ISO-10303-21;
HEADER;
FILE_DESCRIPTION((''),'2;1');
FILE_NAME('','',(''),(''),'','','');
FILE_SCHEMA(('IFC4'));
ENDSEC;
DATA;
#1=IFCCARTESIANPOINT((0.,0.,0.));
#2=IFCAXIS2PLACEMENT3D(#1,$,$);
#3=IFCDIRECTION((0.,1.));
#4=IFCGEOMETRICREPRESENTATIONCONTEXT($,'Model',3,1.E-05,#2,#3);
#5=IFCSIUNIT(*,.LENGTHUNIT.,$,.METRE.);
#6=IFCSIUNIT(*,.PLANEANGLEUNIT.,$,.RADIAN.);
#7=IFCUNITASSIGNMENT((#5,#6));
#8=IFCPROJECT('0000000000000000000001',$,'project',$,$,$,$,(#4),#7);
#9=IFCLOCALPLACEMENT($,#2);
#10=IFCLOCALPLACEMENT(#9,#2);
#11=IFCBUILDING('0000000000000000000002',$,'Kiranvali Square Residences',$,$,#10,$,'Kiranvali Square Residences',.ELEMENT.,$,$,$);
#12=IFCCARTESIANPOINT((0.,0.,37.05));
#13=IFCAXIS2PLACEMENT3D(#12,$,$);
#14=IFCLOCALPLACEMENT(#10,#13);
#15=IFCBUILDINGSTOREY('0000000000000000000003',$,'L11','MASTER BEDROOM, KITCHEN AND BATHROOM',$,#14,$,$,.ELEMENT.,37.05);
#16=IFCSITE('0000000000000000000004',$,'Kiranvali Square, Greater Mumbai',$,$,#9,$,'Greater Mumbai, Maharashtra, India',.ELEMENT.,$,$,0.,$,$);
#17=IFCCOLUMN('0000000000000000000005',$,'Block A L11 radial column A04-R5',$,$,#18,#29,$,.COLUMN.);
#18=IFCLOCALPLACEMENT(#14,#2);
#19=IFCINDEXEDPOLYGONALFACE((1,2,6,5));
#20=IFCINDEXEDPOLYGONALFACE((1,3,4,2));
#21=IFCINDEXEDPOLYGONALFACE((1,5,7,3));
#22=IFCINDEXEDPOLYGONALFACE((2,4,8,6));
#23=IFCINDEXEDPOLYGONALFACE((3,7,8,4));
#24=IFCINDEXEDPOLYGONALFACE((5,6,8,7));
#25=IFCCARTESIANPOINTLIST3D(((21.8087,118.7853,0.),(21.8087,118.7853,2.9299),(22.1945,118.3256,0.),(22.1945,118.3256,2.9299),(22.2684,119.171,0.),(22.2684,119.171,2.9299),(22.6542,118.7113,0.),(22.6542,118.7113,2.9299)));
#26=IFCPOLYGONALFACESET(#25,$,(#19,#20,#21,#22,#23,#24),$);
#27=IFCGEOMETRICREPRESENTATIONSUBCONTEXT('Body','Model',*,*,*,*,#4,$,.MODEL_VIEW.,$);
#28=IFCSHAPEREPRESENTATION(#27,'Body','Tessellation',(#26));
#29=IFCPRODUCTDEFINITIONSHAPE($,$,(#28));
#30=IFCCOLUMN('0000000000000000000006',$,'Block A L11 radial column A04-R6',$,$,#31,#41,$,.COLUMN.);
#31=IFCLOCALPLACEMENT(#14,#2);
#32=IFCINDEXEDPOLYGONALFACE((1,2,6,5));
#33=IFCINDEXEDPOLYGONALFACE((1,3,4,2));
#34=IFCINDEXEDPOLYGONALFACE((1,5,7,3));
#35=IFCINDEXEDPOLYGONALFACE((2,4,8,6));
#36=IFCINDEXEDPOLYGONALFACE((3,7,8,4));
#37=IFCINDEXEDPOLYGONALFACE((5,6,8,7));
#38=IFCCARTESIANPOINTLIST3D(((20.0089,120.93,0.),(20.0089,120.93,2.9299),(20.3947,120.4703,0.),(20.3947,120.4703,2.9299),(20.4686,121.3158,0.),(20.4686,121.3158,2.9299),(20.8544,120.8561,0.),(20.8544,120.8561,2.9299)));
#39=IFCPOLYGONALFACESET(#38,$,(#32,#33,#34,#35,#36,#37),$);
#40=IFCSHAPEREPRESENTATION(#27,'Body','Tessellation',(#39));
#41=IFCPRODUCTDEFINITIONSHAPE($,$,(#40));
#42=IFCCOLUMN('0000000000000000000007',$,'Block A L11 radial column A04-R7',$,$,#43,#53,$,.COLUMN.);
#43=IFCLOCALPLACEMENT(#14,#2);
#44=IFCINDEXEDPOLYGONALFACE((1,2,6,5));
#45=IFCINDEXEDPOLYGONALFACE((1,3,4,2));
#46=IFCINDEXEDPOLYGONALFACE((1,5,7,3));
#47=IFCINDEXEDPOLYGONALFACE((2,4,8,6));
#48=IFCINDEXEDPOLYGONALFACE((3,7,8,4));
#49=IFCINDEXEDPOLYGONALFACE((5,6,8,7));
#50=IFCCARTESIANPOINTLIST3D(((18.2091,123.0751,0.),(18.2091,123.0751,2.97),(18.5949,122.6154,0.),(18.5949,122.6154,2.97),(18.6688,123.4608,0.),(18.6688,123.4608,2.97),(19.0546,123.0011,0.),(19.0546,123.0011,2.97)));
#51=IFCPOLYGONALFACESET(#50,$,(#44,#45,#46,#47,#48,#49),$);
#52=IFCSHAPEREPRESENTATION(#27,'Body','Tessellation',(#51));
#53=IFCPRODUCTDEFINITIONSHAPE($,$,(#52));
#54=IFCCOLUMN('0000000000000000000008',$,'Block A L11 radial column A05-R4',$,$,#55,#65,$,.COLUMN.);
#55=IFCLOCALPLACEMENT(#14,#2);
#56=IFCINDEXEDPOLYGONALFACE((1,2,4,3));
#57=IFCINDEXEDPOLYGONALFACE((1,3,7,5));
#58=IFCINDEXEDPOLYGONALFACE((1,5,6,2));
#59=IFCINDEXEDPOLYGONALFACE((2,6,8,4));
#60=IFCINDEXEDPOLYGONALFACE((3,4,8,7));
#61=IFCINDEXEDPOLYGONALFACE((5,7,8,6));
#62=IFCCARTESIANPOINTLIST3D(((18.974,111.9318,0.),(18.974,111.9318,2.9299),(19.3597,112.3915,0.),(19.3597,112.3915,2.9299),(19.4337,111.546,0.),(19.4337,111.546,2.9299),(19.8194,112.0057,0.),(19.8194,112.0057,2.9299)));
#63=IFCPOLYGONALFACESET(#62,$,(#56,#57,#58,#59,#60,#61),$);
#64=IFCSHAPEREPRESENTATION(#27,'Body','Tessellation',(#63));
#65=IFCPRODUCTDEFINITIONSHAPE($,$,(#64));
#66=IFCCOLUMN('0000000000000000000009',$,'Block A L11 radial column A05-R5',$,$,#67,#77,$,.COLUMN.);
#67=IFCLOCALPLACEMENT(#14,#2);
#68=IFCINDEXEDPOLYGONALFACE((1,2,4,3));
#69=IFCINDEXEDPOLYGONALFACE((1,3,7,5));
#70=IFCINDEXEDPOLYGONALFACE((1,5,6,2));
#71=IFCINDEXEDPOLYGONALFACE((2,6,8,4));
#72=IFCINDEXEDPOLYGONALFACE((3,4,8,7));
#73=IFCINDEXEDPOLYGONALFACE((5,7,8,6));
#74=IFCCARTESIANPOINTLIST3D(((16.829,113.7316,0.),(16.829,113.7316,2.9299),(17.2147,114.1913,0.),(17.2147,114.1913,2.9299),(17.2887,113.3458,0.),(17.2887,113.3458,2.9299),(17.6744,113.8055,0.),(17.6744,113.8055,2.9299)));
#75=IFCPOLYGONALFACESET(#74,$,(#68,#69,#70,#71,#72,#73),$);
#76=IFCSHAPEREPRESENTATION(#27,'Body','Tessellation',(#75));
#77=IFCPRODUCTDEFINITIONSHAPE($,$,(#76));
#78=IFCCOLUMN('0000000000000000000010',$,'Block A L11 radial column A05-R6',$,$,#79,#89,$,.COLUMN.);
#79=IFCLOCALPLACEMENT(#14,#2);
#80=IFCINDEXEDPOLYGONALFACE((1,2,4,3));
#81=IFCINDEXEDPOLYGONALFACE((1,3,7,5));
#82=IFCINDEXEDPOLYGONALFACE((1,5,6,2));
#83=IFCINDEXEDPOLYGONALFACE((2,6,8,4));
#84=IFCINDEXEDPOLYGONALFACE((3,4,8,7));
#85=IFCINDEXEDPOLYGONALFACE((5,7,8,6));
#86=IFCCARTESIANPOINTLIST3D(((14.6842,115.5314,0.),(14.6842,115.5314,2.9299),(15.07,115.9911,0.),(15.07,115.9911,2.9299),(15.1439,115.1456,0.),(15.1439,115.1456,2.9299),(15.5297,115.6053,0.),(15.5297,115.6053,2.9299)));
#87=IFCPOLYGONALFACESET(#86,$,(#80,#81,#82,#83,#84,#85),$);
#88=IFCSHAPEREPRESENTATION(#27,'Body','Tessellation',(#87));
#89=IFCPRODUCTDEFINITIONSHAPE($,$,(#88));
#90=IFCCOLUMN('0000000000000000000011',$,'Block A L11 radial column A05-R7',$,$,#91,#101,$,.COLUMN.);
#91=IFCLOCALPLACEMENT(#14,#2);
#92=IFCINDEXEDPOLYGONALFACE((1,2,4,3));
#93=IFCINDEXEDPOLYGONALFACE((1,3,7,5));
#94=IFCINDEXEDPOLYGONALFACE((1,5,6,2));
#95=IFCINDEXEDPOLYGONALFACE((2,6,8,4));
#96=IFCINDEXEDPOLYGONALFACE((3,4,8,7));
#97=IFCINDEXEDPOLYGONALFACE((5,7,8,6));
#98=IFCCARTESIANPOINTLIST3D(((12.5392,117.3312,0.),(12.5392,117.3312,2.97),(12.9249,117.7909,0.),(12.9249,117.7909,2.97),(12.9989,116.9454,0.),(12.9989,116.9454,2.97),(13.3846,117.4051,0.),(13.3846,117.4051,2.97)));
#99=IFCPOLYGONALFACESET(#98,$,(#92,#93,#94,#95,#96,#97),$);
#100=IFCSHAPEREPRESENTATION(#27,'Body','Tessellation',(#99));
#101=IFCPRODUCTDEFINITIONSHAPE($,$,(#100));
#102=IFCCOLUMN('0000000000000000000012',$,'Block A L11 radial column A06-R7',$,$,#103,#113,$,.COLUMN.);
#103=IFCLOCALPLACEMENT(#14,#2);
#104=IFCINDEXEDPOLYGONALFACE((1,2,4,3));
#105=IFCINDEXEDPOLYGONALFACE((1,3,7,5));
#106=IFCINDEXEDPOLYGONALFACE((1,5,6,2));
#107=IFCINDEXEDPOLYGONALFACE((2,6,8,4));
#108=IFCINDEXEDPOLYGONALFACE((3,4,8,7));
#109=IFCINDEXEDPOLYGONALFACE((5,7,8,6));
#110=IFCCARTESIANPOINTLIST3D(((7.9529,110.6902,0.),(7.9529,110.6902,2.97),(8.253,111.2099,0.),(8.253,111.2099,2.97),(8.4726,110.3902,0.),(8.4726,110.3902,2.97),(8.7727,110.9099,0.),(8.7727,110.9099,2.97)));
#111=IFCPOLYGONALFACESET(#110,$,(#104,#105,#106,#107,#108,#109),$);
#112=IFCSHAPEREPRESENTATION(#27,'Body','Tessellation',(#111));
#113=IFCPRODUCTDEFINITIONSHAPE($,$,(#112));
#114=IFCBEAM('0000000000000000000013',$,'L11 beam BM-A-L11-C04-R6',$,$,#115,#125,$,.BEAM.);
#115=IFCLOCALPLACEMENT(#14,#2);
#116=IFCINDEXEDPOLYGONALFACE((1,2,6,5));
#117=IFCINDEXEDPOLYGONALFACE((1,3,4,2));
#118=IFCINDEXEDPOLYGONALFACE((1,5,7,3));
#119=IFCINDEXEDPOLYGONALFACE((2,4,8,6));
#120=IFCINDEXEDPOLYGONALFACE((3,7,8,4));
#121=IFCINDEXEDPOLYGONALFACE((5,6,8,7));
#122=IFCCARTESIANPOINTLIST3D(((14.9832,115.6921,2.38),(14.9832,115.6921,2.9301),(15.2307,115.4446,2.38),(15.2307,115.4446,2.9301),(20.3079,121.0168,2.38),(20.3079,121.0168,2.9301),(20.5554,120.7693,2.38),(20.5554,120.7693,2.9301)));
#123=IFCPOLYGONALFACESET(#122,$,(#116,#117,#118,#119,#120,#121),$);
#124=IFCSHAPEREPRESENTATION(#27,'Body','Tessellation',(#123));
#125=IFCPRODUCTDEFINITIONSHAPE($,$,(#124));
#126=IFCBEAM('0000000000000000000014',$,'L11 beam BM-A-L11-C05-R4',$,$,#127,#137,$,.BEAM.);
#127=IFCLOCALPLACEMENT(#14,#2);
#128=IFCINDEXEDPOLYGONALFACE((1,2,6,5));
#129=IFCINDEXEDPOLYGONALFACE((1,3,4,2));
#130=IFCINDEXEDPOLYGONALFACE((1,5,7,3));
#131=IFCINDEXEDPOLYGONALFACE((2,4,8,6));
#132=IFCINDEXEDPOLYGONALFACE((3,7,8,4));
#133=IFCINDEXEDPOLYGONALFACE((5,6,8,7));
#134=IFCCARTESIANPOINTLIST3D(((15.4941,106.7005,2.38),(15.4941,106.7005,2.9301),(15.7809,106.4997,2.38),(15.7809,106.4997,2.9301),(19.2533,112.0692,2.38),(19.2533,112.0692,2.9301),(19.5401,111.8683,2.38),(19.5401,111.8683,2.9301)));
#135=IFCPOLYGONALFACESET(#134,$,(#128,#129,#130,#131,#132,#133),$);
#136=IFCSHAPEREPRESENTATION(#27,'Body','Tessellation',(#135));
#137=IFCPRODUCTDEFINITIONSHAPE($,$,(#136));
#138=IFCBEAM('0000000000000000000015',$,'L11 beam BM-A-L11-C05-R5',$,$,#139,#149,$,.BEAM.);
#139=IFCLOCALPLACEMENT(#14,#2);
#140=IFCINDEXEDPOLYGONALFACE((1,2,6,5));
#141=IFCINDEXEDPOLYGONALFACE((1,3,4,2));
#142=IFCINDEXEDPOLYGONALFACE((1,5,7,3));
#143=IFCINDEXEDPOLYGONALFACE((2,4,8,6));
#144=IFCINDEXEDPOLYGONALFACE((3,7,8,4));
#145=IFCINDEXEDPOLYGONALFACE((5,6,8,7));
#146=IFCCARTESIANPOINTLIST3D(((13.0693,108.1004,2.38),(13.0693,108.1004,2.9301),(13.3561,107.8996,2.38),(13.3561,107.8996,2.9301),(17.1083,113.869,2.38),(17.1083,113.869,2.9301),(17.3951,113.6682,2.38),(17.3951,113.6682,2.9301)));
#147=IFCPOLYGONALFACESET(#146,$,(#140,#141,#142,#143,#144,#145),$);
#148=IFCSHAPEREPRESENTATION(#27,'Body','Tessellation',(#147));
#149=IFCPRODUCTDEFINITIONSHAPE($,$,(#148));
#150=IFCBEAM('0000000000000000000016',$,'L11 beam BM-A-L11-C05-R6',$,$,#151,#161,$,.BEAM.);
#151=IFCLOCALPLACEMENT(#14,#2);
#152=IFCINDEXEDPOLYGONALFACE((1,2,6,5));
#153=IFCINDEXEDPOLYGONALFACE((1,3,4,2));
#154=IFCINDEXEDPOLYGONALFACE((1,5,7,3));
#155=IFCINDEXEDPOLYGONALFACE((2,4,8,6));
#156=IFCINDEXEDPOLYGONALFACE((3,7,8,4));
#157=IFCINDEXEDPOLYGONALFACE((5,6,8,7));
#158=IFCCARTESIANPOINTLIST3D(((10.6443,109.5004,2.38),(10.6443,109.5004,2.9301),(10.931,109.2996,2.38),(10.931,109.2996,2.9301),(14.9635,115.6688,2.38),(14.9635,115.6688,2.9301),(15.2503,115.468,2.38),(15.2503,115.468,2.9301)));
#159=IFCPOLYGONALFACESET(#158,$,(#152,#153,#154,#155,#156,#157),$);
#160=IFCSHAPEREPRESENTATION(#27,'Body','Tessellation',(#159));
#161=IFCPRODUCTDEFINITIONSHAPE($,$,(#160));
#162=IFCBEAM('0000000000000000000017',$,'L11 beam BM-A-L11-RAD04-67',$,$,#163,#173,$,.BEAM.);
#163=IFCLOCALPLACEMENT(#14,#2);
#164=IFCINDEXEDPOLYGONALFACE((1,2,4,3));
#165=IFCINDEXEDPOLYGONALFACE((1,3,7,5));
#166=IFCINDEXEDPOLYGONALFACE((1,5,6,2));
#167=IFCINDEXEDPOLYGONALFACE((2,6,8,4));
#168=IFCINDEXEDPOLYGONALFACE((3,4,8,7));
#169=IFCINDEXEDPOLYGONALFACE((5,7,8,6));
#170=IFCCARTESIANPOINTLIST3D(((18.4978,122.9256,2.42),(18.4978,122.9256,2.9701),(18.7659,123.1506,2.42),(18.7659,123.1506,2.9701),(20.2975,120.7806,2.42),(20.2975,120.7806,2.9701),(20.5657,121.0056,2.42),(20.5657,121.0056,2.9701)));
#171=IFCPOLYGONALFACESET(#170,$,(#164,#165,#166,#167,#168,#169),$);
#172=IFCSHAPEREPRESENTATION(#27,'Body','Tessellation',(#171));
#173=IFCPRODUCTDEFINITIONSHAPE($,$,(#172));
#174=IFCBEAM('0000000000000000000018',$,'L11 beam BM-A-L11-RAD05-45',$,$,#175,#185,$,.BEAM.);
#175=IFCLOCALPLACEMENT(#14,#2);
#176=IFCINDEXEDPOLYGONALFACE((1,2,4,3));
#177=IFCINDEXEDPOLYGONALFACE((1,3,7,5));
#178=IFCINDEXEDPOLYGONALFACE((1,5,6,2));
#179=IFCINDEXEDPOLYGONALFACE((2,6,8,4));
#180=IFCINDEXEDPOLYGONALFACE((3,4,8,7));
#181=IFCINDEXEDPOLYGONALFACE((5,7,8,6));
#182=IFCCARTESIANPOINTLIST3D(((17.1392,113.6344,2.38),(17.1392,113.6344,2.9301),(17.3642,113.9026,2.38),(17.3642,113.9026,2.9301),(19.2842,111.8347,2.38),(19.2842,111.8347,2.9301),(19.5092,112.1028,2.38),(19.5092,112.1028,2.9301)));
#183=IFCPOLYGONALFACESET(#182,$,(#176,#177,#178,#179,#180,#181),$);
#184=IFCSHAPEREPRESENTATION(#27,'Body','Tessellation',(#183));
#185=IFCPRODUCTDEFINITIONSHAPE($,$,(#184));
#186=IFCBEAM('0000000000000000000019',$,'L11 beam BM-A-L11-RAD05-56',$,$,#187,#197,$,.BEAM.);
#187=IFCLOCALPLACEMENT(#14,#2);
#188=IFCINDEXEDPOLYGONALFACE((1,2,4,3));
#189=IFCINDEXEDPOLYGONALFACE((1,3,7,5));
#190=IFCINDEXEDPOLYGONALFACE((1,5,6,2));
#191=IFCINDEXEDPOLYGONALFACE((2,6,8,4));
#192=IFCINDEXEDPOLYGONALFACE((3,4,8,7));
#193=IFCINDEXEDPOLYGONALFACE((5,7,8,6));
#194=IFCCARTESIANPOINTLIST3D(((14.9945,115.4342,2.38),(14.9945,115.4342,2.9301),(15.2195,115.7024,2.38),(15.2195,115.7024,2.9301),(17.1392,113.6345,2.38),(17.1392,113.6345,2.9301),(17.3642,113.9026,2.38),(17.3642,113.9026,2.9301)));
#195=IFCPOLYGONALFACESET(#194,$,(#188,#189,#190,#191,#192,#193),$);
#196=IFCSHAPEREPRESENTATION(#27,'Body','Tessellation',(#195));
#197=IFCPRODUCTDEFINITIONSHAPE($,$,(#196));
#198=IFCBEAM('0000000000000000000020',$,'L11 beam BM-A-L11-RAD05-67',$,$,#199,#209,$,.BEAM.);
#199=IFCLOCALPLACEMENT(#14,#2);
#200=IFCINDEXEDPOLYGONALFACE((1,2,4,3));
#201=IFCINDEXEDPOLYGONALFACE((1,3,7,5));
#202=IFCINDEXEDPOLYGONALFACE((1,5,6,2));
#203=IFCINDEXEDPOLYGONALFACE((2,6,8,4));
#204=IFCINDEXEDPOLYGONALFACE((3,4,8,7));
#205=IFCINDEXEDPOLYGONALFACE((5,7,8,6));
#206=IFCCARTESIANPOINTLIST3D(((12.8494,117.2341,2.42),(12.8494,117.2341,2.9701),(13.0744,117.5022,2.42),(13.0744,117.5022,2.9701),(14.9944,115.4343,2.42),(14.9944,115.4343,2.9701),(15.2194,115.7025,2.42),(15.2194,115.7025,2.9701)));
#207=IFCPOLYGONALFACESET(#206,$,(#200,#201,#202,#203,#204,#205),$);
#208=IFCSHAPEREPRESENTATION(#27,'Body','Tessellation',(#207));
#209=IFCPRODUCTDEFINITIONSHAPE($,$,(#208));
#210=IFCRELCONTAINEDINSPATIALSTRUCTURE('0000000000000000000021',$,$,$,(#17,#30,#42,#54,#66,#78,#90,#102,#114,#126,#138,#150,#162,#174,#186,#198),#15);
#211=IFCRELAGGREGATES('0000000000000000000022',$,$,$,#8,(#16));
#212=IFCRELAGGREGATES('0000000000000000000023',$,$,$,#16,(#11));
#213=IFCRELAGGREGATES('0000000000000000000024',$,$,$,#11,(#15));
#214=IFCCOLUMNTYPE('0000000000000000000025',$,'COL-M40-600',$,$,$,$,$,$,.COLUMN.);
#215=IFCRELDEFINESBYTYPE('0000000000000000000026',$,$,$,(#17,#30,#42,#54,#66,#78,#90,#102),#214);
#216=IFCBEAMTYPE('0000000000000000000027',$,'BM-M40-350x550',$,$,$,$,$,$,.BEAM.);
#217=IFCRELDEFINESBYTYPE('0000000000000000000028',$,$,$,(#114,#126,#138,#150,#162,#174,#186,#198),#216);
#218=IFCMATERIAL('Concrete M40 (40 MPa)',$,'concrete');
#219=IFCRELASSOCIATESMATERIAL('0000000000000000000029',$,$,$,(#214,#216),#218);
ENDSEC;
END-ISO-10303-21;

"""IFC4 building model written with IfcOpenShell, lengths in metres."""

from ifc_helpers import new_model, si_unit, direction, frame, origin, origin_2d, place, context, subcontext, project, spatial, rectangle, extrude, material, material_profile, profile_set, type_object, element, save


model = new_model("IFC4")

# Units and contexts
model_context = context("Model", 3, precision=1e-05, world=origin(), true_north=direction((0.0, 1.0)))
body_context = subcontext(model_context, "Body", "Model", "MODEL_VIEW")
ifc_project = project(units=[si_unit("LENGTHUNIT", "METRE"), si_unit("PLANEANGLEUNIT", "RADIAN")], contexts=[model_context])

# Site, building, storey
site_placement = place(None, origin())
site = spatial("IfcSite", under=ifc_project, at=site_placement, Name="Kiranvali Square, Greater Mumbai", LongName="Greater Mumbai, Maharashtra, India", CompositionType="ELEMENT", RefElevation=0.0)
building_placement = place(site_placement, origin())
building = spatial("IfcBuilding", under=site, at=building_placement, Name="Kiranvali Square Residences", LongName="Kiranvali Square Residences", CompositionType="ELEMENT")
storey_placement = place(building_placement, frame((0.0, 0.0, 37.05)))
storey = spatial("IfcBuildingStorey", under=building, at=storey_placement, Name="L11", Description="MASTER BEDROOM, KITCHEN AND BATHROOM", CompositionType="ELEMENT", Elevation=37.05)

# Columns
ifc_material_1 = material(Name="Concrete M40 (40 MPa)", Category="concrete")
ifc_material_profile_1 = material_profile(ifc_material_1, rectangle(XDim=0.6001, YDim=0.6001, at=origin_2d()), Name="RC 600x600")
ifc_profile_set_1 = profile_set([ifc_material_profile_1], Name="Concrete M40 (40 MPa)")
column_type = type_object("IfcColumnType", Name="COL-M40-600", PredefinedType="COLUMN", material=ifc_profile_set_1)
for number, where, z_axis, x_axis, name in (
    (1, (22.2314, 118.7483, 0.0), (0.0, 0.0, 1.0), (0.766044, 0.642788, 0.0), "Block A L11 radial column A04-R5"),
    (2, (20.4316, 120.8931, 0.0), (0.0, 0.0, 1.0), (0.766044, 0.642788, 0.0), "Block A L11 radial column A04-R6"),
):
    element("IfcColumn", number, at=place(storey_placement, frame(where, z_axis=z_axis, x_axis=x_axis)), inside=storey, type_object=column_type, Name=name, PredefinedType="COLUMN", context=body_context, shape_type="SweptSolid", body=[
        extrude(rectangle(XDim=0.6001, YDim=0.6001, at=origin_2d()), origin(), (0.0, 0.0, 1.0), 2.9299),
    ])
column_placement = place(storey_placement, frame((18.6318, 123.0381, 0.0), z_axis=(0.0, 0.0, 1.0), x_axis=(0.766044, 0.642788, 0.0)))
element("IfcColumn", 3, at=column_placement, inside=storey, type_object=column_type, Name="Block A L11 radial column A04-R7", PredefinedType="COLUMN", context=body_context, shape_type="SweptSolid", body=[
    extrude(rectangle(XDim=0.6001, YDim=0.6001, at=origin_2d()), origin(), (0.0, 0.0, 1.0), 2.97),
])
for number, where, z_axis, x_axis, name in (
    (4, (19.3967, 111.9688, 0.0), (0.0, 0.0, 1.0), (0.642788, 0.766044, 0.0), "Block A L11 radial column A05-R4"),
    (5, (17.2517, 113.7686, 0.0), (0.0, 0.0, 1.0), (0.642788, 0.766044, 0.0), "Block A L11 radial column A05-R5"),
    (6, (15.1069, 115.5684, 0.0), (0.0, 0.0, 1.0), (0.642788, 0.766044, 0.0), "Block A L11 radial column A05-R6"),
):
    element("IfcColumn", number, at=place(storey_placement, frame(where, z_axis=z_axis, x_axis=x_axis)), inside=storey, type_object=column_type, Name=name, PredefinedType="COLUMN", context=body_context, shape_type="SweptSolid", body=[
        extrude(rectangle(XDim=0.6001, YDim=0.6001, at=origin_2d()), origin(), (0.0, 0.0, 1.0), 2.9299),
    ])
for number, where, z_axis, x_axis, name in (
    (7, (12.9619, 117.3682, 0.0), (0.0, 0.0, 1.0), (0.642788, 0.766044, 0.0), "Block A L11 radial column A05-R7"),
    (8, (8.3628, 110.8, 0.0), (0.0, 0.0, 1.0), (0.5, 0.866025, 0.0), "Block A L11 radial column A06-R7"),
):
    element("IfcColumn", number, at=place(storey_placement, frame(where, z_axis=z_axis, x_axis=x_axis)), inside=storey, type_object=column_type, Name=name, PredefinedType="COLUMN", context=body_context, shape_type="SweptSolid", body=[
        extrude(rectangle(XDim=0.6001, YDim=0.6001, at=origin_2d()), origin(), (0.0, 0.0, 1.0), 2.97),
    ])

# Beams
ifc_material_profile_2 = material_profile(ifc_material_1, rectangle(XDim=0.3501, YDim=0.55, at=origin_2d()), Name="RC 350x550")
ifc_profile_set_2 = profile_set([ifc_material_profile_2], Name="Concrete M40 (40 MPa)")
beam_type_1 = type_object("IfcBeamType", Name="BM-M40-350x550", PredefinedType="BEAM", material=ifc_profile_set_2)
beam_1_placement = place(storey_placement, frame((20.4316, 120.8931, 2.655), z_axis=(-0.707107, -0.707107, 0.0), x_axis=(0.707107, -0.707107, 0.0)))
element("IfcBeam", 9, at=beam_1_placement, inside=storey, type_object=beam_type_1, Name="L11 beam BM-A-L11-C04-R6", PredefinedType="BEAM", context=body_context, shape_type="SweptSolid", body=[
    extrude(rectangle(XDim=0.3501, YDim=0.55, at=origin_2d()), origin(), (0.0, 0.0, 1.0), 7.5303),
])
beam_2_placement = place(storey_placement, frame((19.3967, 111.9688, 2.655), z_axis=(-0.573587, -0.819144, 0.0), x_axis=(0.819144, -0.573587, 0.0)))
element("IfcBeam", 10, at=beam_2_placement, inside=storey, type_object=beam_type_1, Name="L11 beam BM-A-L11-C05-R4", PredefinedType="BEAM", context=body_context, shape_type="SweptSolid", body=[
    extrude(rectangle(XDim=0.3501, YDim=0.55, at=origin_2d()), origin(), (0.0, 0.0, 1.0), 6.554),
])
beam_3_placement = place(storey_placement, frame((17.2517, 113.7686, 2.655), z_axis=(-0.573565, -0.81916, 0.0), x_axis=(0.81916, -0.573565, 0.0)))
element("IfcBeam", 11, at=beam_3_placement, inside=storey, type_object=beam_type_1, Name="L11 beam BM-A-L11-C05-R5", PredefinedType="BEAM", context=body_context, shape_type="SweptSolid", body=[
    extrude(rectangle(XDim=0.3501, YDim=0.55, at=origin_2d()), origin(), (0.0, 0.0, 1.0), 7.042),
])
beam_4_placement = place(storey_placement, frame((15.1069, 115.5684, 2.655), z_axis=(-0.573589, -0.819144, 0.0), x_axis=(0.819144, -0.573589, 0.0)))
element("IfcBeam", 12, at=beam_4_placement, inside=storey, type_object=beam_type_1, Name="L11 beam BM-A-L11-C05-R6", PredefinedType="BEAM", context=body_context, shape_type="SweptSolid", body=[
    extrude(rectangle(XDim=0.3501, YDim=0.55, at=origin_2d()), origin(), (0.0, 0.0, 1.0), 7.5303),
])
for number, where, z_axis, x_axis, name in (
    (13, (20.4316, 120.8931, 2.6951), (-0.642771, 0.766059, 0.0), (-0.766059, -0.642771, 0.0), "L11 beam BM-A-L11-RAD04-67"),
    (14, (19.3967, 111.9688, 2.655), (-0.766059, 0.642771, 0.0), (-0.642771, -0.766059, 0.0), "L11 beam BM-A-L11-RAD05-45"),
):
    element("IfcBeam", number, at=place(storey_placement, frame(where, z_axis=z_axis, x_axis=x_axis)), inside=storey, type_object=beam_type_1, Name=name, PredefinedType="BEAM", context=body_context, shape_type="SweptSolid", body=[
        extrude(rectangle(XDim=0.3501, YDim=0.55, at=origin_2d()), origin(), (0.0, 0.0, 1.0), 2.8),
    ])
beam_5_placement = place(storey_placement, frame((17.2517, 113.7686, 2.655), z_axis=(-0.766023, 0.642814, 0.0), x_axis=(-0.642814, -0.766023, 0.0)))
element("IfcBeam", 15, at=beam_5_placement, inside=storey, type_object=beam_type_1, Name="L11 beam BM-A-L11-RAD05-56", PredefinedType="BEAM", context=body_context, shape_type="SweptSolid", body=[
    extrude(rectangle(XDim=0.3501, YDim=0.55, at=origin_2d()), origin(), (0.0, 0.0, 1.0), 2.7998),
])
beam_6_placement = place(storey_placement, frame((15.1069, 115.5684, 2.6951), z_axis=(-0.766059, 0.642771, 0.0), x_axis=(-0.642771, -0.766059, 0.0)))
element("IfcBeam", 16, at=beam_6_placement, inside=storey, type_object=beam_type_1, Name="L11 beam BM-A-L11-RAD05-67", PredefinedType="BEAM", context=body_context, shape_type="SweptSolid", body=[
    extrude(rectangle(XDim=0.3501, YDim=0.55, at=origin_2d()), origin(), (0.0, 0.0, 1.0), 2.8),
])

save(model, "model.ifc")
